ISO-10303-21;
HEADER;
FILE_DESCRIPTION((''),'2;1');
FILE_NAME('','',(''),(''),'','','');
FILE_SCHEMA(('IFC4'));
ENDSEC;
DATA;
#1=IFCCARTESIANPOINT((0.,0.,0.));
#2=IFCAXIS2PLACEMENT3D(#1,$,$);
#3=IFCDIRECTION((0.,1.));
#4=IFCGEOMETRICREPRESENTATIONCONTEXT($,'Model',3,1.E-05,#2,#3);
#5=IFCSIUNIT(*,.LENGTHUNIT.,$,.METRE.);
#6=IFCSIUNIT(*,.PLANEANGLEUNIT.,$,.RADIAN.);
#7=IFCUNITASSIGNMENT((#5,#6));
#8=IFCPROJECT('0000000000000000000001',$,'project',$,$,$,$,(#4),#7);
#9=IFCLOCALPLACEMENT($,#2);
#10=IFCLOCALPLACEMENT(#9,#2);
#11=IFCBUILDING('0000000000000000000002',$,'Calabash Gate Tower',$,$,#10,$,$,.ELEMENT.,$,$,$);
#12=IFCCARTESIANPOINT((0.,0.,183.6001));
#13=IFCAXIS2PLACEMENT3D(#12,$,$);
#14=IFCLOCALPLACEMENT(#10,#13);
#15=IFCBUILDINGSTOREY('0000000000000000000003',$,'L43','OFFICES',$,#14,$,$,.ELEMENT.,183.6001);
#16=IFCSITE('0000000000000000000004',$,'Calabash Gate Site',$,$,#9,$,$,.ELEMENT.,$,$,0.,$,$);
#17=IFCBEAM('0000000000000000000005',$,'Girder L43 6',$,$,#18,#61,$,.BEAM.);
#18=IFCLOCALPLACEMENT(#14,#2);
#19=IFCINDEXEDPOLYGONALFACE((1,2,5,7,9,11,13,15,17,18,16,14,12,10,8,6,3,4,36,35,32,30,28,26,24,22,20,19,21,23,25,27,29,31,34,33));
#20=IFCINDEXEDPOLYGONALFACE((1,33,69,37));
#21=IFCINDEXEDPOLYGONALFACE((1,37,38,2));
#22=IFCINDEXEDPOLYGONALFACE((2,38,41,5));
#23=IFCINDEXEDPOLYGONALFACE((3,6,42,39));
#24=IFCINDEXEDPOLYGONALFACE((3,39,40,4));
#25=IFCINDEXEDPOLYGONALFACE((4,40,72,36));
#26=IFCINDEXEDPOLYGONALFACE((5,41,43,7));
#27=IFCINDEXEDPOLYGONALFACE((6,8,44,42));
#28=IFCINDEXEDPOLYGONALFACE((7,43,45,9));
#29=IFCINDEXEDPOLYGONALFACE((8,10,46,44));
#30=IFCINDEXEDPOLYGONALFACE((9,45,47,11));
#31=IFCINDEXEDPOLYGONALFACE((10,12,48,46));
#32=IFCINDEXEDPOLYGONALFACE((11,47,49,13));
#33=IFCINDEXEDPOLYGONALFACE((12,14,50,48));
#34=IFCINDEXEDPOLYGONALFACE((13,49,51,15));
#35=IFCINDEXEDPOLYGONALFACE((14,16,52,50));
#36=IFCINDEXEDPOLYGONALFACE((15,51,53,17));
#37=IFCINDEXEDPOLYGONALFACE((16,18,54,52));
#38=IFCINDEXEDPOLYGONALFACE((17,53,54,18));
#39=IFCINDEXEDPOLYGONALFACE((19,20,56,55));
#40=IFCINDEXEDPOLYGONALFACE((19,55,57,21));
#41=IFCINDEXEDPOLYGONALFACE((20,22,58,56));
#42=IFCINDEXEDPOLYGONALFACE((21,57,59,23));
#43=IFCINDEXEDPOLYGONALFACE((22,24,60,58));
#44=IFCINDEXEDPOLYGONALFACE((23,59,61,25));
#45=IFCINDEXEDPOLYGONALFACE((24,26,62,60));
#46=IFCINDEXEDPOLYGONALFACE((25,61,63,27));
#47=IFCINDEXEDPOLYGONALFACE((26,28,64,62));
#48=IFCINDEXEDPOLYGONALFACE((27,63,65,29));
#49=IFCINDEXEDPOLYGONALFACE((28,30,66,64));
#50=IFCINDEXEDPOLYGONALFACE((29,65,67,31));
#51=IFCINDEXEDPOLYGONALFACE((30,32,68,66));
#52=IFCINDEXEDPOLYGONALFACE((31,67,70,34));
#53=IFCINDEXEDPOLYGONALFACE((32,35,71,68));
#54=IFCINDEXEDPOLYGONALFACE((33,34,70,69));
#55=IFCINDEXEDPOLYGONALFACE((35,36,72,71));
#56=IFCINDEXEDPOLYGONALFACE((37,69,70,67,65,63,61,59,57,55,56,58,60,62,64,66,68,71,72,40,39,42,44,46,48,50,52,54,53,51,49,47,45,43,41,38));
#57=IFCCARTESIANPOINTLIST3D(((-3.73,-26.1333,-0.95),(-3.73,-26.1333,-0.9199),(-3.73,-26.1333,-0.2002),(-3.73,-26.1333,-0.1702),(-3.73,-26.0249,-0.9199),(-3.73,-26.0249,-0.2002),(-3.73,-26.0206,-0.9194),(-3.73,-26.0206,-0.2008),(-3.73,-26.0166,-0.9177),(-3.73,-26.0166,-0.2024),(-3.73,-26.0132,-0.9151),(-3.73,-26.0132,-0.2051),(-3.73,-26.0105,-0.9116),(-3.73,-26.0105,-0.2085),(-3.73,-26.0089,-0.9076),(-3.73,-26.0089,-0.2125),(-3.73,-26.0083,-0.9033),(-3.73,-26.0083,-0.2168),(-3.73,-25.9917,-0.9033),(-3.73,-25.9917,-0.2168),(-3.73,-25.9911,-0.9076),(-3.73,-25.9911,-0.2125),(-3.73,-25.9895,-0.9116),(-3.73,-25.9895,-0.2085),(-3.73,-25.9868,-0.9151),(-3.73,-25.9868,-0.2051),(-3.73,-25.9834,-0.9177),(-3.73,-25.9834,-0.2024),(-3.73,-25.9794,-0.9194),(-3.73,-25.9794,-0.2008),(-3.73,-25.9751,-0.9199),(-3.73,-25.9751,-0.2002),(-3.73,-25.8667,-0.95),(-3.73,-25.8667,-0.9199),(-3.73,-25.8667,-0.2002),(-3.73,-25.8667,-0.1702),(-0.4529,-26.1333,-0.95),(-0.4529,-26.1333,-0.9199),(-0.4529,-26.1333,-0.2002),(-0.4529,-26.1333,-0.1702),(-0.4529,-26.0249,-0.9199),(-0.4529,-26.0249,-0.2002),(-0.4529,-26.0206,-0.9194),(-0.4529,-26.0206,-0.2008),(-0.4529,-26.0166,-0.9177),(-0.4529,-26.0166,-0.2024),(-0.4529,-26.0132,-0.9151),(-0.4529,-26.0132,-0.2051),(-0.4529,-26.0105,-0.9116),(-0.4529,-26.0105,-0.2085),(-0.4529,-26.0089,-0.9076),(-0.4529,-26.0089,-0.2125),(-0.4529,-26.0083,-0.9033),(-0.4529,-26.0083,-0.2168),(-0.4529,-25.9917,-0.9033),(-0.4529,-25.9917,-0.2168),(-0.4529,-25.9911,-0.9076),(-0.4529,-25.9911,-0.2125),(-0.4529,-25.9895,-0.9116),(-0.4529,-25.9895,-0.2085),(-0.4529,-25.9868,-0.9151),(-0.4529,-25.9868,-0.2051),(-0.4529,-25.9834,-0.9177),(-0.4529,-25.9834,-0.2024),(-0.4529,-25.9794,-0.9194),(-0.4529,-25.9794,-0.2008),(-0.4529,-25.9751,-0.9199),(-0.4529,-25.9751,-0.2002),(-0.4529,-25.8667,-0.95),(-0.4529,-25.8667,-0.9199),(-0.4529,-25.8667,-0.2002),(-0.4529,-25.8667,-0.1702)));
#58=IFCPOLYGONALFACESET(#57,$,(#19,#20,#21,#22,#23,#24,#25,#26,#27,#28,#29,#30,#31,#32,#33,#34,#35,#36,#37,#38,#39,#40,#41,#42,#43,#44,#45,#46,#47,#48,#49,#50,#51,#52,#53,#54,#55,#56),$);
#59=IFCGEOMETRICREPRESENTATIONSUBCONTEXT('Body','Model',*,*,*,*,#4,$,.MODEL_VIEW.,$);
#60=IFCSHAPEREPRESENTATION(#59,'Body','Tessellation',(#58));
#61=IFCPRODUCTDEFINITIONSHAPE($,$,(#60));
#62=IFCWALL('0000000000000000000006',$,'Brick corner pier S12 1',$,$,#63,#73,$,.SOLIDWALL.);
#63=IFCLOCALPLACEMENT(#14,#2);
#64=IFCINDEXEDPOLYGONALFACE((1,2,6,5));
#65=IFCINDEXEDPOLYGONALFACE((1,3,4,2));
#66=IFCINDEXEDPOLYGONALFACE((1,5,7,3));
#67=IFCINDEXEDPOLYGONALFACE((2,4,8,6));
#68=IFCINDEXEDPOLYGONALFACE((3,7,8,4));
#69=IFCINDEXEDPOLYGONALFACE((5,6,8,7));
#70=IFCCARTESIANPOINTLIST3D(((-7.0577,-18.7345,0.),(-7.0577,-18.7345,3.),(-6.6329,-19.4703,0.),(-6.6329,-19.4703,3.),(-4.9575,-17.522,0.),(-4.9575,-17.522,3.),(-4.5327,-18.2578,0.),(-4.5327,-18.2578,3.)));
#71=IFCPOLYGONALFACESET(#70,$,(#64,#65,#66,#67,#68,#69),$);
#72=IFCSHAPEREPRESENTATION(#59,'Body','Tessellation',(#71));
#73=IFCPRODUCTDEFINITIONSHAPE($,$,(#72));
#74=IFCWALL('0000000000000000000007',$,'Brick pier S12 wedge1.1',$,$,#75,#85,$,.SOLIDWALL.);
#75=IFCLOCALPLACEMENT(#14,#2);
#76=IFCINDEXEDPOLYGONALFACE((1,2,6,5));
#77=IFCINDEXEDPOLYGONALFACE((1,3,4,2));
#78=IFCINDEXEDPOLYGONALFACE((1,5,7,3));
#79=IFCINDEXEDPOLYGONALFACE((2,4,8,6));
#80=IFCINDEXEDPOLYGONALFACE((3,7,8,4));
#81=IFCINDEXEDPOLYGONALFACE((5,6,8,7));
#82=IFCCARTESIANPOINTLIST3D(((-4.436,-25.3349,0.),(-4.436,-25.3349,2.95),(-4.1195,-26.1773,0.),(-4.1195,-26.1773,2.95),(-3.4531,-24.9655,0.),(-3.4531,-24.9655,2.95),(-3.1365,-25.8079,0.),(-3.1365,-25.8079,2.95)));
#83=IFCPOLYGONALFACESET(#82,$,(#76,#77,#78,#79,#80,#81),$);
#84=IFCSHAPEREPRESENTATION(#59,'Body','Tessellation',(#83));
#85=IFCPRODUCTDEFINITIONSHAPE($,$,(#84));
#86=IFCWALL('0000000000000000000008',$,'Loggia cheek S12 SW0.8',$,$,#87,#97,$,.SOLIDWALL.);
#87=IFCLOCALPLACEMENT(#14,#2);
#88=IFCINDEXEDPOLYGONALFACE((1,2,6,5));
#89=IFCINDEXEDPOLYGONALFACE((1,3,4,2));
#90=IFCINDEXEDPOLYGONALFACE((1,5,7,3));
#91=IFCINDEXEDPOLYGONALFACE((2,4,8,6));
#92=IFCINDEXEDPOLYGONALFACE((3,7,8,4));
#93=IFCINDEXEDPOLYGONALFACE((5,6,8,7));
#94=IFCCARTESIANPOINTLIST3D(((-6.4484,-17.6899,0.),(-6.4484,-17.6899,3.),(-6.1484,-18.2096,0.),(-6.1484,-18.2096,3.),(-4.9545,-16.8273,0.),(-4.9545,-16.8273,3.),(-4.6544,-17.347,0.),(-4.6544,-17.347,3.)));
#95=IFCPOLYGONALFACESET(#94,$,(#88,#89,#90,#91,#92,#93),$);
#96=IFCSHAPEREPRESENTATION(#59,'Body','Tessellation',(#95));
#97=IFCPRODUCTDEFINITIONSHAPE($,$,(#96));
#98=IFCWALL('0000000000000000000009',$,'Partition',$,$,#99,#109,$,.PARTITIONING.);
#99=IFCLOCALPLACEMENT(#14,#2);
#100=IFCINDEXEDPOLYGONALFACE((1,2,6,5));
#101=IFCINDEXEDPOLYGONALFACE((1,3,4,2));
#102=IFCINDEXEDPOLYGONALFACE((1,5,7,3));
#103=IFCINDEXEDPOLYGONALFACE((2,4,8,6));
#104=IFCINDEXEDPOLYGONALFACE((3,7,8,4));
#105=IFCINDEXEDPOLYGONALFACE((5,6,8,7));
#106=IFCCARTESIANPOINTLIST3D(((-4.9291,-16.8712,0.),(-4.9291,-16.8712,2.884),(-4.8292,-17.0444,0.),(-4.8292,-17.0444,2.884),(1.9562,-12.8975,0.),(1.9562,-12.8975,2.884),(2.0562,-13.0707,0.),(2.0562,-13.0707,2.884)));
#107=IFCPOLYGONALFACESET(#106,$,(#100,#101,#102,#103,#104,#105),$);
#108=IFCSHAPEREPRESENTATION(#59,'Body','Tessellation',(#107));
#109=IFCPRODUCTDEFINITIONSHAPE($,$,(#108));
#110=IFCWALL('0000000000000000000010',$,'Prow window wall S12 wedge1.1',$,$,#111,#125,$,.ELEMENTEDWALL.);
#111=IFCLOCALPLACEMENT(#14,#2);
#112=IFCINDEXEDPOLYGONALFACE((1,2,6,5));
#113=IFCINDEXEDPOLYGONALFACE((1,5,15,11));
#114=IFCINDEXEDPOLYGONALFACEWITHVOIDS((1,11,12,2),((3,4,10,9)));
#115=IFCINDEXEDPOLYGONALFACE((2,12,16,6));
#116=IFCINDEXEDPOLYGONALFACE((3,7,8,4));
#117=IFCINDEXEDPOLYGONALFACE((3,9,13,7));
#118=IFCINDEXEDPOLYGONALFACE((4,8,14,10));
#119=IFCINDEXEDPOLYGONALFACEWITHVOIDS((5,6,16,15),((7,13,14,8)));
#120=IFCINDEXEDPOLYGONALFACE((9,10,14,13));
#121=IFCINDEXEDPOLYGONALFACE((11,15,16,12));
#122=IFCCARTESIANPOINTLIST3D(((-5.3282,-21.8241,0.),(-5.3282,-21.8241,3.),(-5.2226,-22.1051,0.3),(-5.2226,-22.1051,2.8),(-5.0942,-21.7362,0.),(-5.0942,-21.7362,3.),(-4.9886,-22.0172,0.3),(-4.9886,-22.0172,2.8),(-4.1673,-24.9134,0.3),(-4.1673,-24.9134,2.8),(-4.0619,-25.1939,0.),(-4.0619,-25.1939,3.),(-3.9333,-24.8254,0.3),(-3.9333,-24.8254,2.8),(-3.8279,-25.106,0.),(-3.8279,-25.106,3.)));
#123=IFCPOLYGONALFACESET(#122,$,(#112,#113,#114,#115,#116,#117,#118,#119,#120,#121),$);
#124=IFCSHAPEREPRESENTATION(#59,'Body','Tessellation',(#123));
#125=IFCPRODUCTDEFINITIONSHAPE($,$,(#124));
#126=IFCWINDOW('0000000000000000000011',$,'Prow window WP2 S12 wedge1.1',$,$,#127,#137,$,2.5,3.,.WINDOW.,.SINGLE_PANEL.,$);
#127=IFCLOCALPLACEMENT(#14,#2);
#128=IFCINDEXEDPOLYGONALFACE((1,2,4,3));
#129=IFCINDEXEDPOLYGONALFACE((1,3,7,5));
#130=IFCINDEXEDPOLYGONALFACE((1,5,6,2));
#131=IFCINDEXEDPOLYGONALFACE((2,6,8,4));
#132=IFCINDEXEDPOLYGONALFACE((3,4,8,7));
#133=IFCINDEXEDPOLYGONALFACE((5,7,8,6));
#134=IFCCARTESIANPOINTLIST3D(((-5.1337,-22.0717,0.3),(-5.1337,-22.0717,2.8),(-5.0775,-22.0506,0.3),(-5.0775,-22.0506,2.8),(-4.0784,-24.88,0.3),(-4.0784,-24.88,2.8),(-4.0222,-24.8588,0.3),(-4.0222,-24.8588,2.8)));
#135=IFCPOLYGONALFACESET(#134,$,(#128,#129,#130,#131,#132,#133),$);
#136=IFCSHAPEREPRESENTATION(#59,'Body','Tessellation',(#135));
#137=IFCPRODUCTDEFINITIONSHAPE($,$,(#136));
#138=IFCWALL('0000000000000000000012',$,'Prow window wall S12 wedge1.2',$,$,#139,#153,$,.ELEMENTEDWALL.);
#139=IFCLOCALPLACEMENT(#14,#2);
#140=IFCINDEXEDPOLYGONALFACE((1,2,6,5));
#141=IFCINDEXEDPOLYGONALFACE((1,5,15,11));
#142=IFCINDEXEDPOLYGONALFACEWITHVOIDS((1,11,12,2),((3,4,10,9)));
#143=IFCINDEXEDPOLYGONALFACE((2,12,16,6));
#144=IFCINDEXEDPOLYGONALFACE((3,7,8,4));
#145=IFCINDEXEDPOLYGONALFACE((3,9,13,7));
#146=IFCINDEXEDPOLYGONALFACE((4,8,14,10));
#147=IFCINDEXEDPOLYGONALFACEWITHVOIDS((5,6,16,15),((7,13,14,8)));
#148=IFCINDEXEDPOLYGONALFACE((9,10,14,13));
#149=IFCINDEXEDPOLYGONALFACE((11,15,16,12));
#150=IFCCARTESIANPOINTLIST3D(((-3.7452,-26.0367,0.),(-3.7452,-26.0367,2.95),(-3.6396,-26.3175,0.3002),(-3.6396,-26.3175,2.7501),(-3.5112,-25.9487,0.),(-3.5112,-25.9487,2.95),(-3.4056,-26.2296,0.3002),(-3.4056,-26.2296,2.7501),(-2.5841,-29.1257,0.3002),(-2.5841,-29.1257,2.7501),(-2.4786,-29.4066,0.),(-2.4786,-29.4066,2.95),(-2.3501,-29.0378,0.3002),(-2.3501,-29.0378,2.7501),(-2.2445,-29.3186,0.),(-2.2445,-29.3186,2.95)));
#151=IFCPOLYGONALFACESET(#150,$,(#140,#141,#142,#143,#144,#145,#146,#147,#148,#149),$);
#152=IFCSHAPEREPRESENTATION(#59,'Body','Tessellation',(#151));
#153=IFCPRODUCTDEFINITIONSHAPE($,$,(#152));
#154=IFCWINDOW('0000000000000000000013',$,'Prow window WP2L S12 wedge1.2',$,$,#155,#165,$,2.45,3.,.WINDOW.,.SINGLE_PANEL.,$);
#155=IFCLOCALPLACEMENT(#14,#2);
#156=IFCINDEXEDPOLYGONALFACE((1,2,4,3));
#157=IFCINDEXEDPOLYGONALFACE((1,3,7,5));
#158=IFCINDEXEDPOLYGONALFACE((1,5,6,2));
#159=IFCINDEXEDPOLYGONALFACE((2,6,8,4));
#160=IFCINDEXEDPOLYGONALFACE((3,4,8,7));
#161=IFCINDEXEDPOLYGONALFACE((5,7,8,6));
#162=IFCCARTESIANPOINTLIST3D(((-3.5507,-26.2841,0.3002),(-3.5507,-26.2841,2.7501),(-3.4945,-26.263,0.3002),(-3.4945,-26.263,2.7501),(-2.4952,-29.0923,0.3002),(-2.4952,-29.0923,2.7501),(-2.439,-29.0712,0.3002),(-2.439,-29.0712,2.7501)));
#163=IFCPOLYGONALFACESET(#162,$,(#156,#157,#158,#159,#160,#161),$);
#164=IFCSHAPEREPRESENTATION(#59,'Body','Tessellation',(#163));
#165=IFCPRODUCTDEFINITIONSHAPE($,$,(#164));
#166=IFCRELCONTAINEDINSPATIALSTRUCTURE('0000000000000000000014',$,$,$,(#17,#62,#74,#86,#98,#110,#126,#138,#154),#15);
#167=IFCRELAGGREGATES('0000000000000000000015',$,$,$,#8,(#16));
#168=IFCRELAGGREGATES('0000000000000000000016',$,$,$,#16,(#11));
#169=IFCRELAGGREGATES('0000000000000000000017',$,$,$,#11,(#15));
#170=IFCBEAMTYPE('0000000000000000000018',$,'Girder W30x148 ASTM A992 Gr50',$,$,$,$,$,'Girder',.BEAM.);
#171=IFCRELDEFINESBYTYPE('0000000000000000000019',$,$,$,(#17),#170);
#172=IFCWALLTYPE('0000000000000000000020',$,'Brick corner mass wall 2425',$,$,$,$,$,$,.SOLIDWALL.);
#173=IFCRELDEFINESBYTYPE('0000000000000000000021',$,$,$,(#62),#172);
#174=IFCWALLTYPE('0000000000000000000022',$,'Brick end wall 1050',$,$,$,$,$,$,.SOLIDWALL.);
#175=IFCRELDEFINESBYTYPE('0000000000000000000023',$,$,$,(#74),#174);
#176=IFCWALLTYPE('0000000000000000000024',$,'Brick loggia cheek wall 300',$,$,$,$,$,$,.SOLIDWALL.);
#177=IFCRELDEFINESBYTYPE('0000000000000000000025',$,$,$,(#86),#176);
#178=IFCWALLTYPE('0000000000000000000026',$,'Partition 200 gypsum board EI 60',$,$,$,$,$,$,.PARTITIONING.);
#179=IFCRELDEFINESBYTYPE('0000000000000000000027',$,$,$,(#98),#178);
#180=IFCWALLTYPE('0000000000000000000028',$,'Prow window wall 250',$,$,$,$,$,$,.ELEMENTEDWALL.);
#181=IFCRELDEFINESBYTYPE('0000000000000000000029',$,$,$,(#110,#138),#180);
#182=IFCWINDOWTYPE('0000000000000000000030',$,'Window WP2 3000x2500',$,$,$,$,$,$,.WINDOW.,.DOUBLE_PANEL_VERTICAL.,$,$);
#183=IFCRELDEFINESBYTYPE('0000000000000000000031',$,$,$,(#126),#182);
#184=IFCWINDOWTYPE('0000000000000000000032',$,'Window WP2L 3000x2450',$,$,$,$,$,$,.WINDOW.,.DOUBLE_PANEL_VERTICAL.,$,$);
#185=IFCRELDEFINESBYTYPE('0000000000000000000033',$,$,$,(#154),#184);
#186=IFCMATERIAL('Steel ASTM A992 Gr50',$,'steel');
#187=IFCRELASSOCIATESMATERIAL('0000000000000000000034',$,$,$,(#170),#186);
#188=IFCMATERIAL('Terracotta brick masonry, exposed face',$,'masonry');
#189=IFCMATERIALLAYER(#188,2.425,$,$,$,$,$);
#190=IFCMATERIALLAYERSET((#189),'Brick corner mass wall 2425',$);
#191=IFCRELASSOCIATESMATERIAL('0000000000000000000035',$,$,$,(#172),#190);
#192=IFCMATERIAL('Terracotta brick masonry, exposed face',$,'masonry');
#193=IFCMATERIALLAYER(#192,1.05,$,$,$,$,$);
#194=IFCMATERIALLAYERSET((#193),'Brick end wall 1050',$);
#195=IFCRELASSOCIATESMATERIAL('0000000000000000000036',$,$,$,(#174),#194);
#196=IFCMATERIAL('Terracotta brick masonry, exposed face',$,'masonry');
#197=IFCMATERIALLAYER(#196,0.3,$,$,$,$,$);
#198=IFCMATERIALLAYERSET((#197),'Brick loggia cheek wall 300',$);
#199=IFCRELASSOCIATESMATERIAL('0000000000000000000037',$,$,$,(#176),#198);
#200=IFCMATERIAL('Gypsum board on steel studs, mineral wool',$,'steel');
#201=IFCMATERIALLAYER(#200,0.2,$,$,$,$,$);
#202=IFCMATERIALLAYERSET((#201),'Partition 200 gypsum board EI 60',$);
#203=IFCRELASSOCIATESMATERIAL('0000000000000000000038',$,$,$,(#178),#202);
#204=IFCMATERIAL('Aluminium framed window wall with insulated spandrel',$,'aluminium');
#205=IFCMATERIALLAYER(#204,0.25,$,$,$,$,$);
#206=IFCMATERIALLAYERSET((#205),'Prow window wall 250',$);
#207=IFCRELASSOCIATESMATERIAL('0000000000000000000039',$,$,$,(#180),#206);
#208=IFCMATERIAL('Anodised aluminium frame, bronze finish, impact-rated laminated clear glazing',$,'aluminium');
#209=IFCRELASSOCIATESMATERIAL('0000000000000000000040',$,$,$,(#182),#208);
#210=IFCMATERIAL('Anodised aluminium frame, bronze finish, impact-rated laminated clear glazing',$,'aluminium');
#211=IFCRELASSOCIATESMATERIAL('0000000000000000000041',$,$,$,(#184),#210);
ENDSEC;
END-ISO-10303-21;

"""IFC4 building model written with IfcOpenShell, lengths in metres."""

from ifc_helpers import new_model, si_unit, direction, frame, frame_2d, origin, origin_2d, place, context, subcontext, project, spatial, rectangle, i_section, extrude, material, layer, layer_set, material_profile, profile_set, type_object, element, fill, save


model = new_model("IFC4")

# Units and contexts
model_context = context("Model", 3, precision=1e-05, world=origin(), true_north=direction((0.0, 1.0)))
body_context = subcontext(model_context, "Body", "Model", "MODEL_VIEW")
ifc_project = project(units=[si_unit("LENGTHUNIT", "METRE"), si_unit("PLANEANGLEUNIT", "RADIAN")], contexts=[model_context])

# Site, building, storey
site_placement = place(None, origin())
site = spatial("IfcSite", under=ifc_project, at=site_placement, Name="Calabash Gate Site", CompositionType="ELEMENT", RefElevation=0.0)
building_placement = place(site_placement, origin())
building = spatial("IfcBuilding", under=site, at=building_placement, Name="Calabash Gate Tower", CompositionType="ELEMENT")
storey_placement = place(building_placement, frame((0.0, 0.0, 183.6001)))
storey = spatial("IfcBuildingStorey", under=building, at=storey_placement, Name="L43", Description="OFFICES", CompositionType="ELEMENT", Elevation=183.6001)

# Beam
ifc_material_1 = material(Name="Steel ASTM A992 Gr50", Category="steel")
ifc_material_profile_1 = material_profile(ifc_material_1, i_section(OverallWidth=0.2666, OverallDepth=0.7798, WebThickness=0.0166, FlangeThickness=0.03, FilletRadius=0.0166, at=origin_2d()))
ifc_profile_set_1 = profile_set([ifc_material_profile_1], Name="Steel ASTM A992 Gr50")
beam_type_1 = type_object("IfcBeamType", Name="Girder W30x148 ASTM A992 Gr50", ElementType="Girder", PredefinedType="BEAM", material=ifc_profile_set_1)
beam_1_placement = place(storey_placement, frame((-3.73, -26.0, -0.5601), z_axis=(1.0, 0.0, 0.0), x_axis=(0.0, 1.0, 0.0)))
element("IfcBeam", 1, at=beam_1_placement, inside=storey, type_object=beam_type_1, Name="Girder L43 6", PredefinedType="BEAM", context=body_context, shape_type="SweptSolid", body=[
    extrude(i_section(OverallWidth=0.2666, OverallDepth=0.7798, WebThickness=0.0166, FlangeThickness=0.03, FilletRadius=0.0166, at=origin_2d()), origin(), (0.0, 0.0, 1.0), 3.2771),
])

# Walls
ifc_material_2 = material(Name="Terracotta brick masonry, exposed face", Category="masonry")
ifc_layer_1 = layer(ifc_material_2, 2.425)
ifc_layer_set_1 = layer_set([ifc_layer_1], Name="Brick corner mass wall 2425")
wall_type_1 = type_object("IfcWallType", Name="Brick corner mass wall 2425", PredefinedType="SOLIDWALL", material=ifc_layer_set_1)
wall_1_placement = place(storey_placement, frame((-6.8452, -19.1023, 0.0), z_axis=(0.0, 0.0, 1.0), x_axis=(0.866041, 0.499972, 0.0)))
element("IfcWall", 2, at=wall_1_placement, inside=storey, type_object=wall_type_1, Name="Brick corner pier S12 1", PredefinedType="SOLIDWALL", context=body_context, shape_type="SweptSolid", body=[
    extrude(rectangle(XDim=2.425, YDim=0.8496, at=frame_2d((1.2124, 0.0))), origin(), (0.0, 0.0, 1.0), 3.0),
])
ifc_material_3 = material(Name="Terracotta brick masonry, exposed face", Category="masonry")
ifc_layer_2 = layer(ifc_material_3, 1.05)
ifc_layer_set_2 = layer_set([ifc_layer_2], Name="Brick end wall 1050")
wall_type_2 = type_object("IfcWallType", Name="Brick end wall 1050", PredefinedType="SOLIDWALL", material=ifc_layer_set_2)
wall_2_placement = place(storey_placement, frame((-3.2949, -25.3867, 0.0), z_axis=(0.0, 0.0, 1.0), x_axis=(-0.936081, -0.351786, 0.0)))
element("IfcWall", 3, at=wall_2_placement, inside=storey, type_object=wall_type_2, Name="Brick pier S12 wedge1.1", PredefinedType="SOLIDWALL", context=body_context, shape_type="SweptSolid", body=[
    extrude(rectangle(XDim=1.05, YDim=0.8999, at=frame_2d((0.5249, 0.0))), origin(), (0.0, 0.0, 1.0), 2.95),
])
ifc_material_4 = material(Name="Terracotta brick masonry, exposed face", Category="masonry")
ifc_layer_3 = layer(ifc_material_4, 0.3)
ifc_layer_set_3 = layer_set([ifc_layer_3], Name="Brick loggia cheek wall 300")
wall_type_3 = type_object("IfcWallType", Name="Brick loggia cheek wall 300", PredefinedType="SOLIDWALL", material=ifc_layer_set_3)
wall_3_placement = place(storey_placement, frame((-4.8044, -17.0872, 0.0), z_axis=(0.0, 0.0, 1.0), x_axis=(-0.866014, -0.500021, 0.0)))
element("IfcWall", 4, at=wall_3_placement, inside=storey, type_object=wall_type_3, Name="Loggia cheek S12 SW0.8", PredefinedType="SOLIDWALL", context=body_context, shape_type="SweptSolid", body=[
    extrude(rectangle(XDim=1.7251, YDim=0.6001, at=frame_2d((0.8625, 0.0))), origin(), (0.0, 0.0, 1.0), 3.0),
])
ifc_material_5 = material(Name="Gypsum board on steel studs, mineral wool", Category="steel")
ifc_layer_4 = layer(ifc_material_5, 0.2)
ifc_layer_set_4 = layer_set([ifc_layer_4], Name="Partition 200 gypsum board EI 60")
wall_type_4 = type_object("IfcWallType", Name="Partition 200 gypsum board EI 60", PredefinedType="PARTITIONING", material=ifc_layer_set_4)
wall_4_placement = place(storey_placement, frame((-4.8792, -16.9578, 0.0), z_axis=(0.0, 0.0, 1.0), x_axis=(0.866111, 0.499852, 0.0)))
element("IfcWall", 5, at=wall_4_placement, inside=storey, type_object=wall_type_4, Name="Partition", PredefinedType="PARTITIONING", context=body_context, shape_type="SweptSolid", body=[
    extrude(rectangle(XDim=7.9497, YDim=0.2, at=frame_2d((3.9749, 0.0))), origin(), (0.0, 0.0, 1.0), 2.884),
])

# Walls, openings, windows
ifc_material_6 = material(Name="Aluminium framed window wall with insulated spandrel", Category="aluminium")
ifc_layer_5 = layer(ifc_material_6, 0.25)
ifc_layer_set_5 = layer_set([ifc_layer_5], Name="Prow window wall 250")
wall_type_5 = type_object("IfcWallType", Name="Prow window wall 250", PredefinedType="ELEMENTEDWALL", material=ifc_layer_set_5)
wall_5_placement = place(storey_placement, frame((-5.2112, -21.7803, 0.0), z_axis=(0.0, 0.0, 1.0), x_axis=(0.35177, -0.936086, 0.0)))
wall_5 = element("IfcWall", 6, at=wall_5_placement, inside=storey, type_object=wall_type_5, Name="Prow window wall S12 wedge1.1", PredefinedType="ELEMENTEDWALL", context=body_context, shape_type="SweptSolid", body=[
    extrude(rectangle(XDim=3.5999, YDim=0.25, at=frame_2d((1.7998, 0.0))), origin(), (0.0, 0.0, 1.0), 3.0),
])
opening_1_placement = place(wall_5_placement, frame((0.3, 0.0, 0.3)))
opening_1 = element("IfcOpeningElement", 7, at=opening_1_placement, cuts=wall_5, PredefinedType="OPENING", context=body_context, shape_type="SweptSolid", body=[
    extrude(rectangle(XDim=3.0, YDim=2.5, at=frame_2d((1.5, 1.25))), frame((0.0, 0.135, 0.0), z_axis=(0.0, -1.0, 0.0), x_axis=(1.0, 0.0, 0.0)), (0.0, 0.0, 1.0), 0.27),
])
ifc_material_7 = material(Name="Anodised aluminium frame, bronze finish, impact-rated laminated clear glazing", Category="aluminium")
window_type_1 = type_object("IfcWindowType", Name="Window WP2 3000x2500", PartitioningType="DOUBLE_PANEL_VERTICAL", PredefinedType="WINDOW", material=ifc_material_7)
window_1_placement = place(opening_1_placement, origin())
window_1 = element("IfcWindow", 8, at=window_1_placement, inside=storey, type_object=window_type_1, Name="Prow window WP2 S12 wedge1.1", OverallHeight=2.5, OverallWidth=3.0, PartitioningType="SINGLE_PANEL", PredefinedType="WINDOW", context=body_context, shape_type="SweptSolid", body=[
    extrude(rectangle(XDim=3.0, YDim=2.5, at=frame_2d((1.5, 1.25))), frame((0.0, 0.03, 0.0), z_axis=(0.0, -1.0, 0.0), x_axis=(1.0, 0.0, 0.0)), (0.0, 0.0, 1.0), 0.0601),
])
fill(opening_1, window_1)
wall_6_placement = place(storey_placement, frame((-3.6282, -25.9927, 0.0), z_axis=(0.0, 0.0, 1.0), x_axis=(0.351829, -0.936064, 0.0)))
wall_6 = element("IfcWall", 9, at=wall_6_placement, inside=storey, type_object=wall_type_5, Name="Prow window wall S12 wedge1.2", PredefinedType="ELEMENTEDWALL", context=body_context, shape_type="SweptSolid", body=[
    extrude(rectangle(XDim=3.6001, YDim=0.25, at=frame_2d((1.8, 0.0))), origin(), (0.0, 0.0, 1.0), 2.95),
])
opening_2_placement = place(wall_6_placement, frame((0.3, 0.0, 0.3)))
opening_2 = element("IfcOpeningElement", 10, at=opening_2_placement, cuts=wall_6, PredefinedType="OPENING", context=body_context, shape_type="SweptSolid", body=[
    extrude(rectangle(XDim=3.0, YDim=2.45, at=frame_2d((1.5, 1.2251))), frame((0.0, 0.135, 0.0), z_axis=(0.0, -1.0, 0.0), x_axis=(1.0, 0.0, 0.0)), (0.0, 0.0, 1.0), 0.27),
])
ifc_material_8 = material(Name="Anodised aluminium frame, bronze finish, impact-rated laminated clear glazing", Category="aluminium")
window_type_2 = type_object("IfcWindowType", Name="Window WP2L 3000x2450", PartitioningType="DOUBLE_PANEL_VERTICAL", PredefinedType="WINDOW", material=ifc_material_8)
window_2_placement = place(opening_2_placement, origin())
window_2 = element("IfcWindow", 11, at=window_2_placement, inside=storey, type_object=window_type_2, Name="Prow window WP2L S12 wedge1.2", OverallHeight=2.45, OverallWidth=3.0, PartitioningType="SINGLE_PANEL", PredefinedType="WINDOW", context=body_context, shape_type="SweptSolid", body=[
    extrude(rectangle(XDim=3.0, YDim=2.45, at=frame_2d((1.5, 1.2251))), frame((0.0, 0.03, 0.0), z_axis=(0.0, -1.0, 0.0), x_axis=(1.0, 0.0, 0.0)), (0.0, 0.0, 1.0), 0.0601),
])
fill(opening_2, window_2)

save(model, "model.ifc")
